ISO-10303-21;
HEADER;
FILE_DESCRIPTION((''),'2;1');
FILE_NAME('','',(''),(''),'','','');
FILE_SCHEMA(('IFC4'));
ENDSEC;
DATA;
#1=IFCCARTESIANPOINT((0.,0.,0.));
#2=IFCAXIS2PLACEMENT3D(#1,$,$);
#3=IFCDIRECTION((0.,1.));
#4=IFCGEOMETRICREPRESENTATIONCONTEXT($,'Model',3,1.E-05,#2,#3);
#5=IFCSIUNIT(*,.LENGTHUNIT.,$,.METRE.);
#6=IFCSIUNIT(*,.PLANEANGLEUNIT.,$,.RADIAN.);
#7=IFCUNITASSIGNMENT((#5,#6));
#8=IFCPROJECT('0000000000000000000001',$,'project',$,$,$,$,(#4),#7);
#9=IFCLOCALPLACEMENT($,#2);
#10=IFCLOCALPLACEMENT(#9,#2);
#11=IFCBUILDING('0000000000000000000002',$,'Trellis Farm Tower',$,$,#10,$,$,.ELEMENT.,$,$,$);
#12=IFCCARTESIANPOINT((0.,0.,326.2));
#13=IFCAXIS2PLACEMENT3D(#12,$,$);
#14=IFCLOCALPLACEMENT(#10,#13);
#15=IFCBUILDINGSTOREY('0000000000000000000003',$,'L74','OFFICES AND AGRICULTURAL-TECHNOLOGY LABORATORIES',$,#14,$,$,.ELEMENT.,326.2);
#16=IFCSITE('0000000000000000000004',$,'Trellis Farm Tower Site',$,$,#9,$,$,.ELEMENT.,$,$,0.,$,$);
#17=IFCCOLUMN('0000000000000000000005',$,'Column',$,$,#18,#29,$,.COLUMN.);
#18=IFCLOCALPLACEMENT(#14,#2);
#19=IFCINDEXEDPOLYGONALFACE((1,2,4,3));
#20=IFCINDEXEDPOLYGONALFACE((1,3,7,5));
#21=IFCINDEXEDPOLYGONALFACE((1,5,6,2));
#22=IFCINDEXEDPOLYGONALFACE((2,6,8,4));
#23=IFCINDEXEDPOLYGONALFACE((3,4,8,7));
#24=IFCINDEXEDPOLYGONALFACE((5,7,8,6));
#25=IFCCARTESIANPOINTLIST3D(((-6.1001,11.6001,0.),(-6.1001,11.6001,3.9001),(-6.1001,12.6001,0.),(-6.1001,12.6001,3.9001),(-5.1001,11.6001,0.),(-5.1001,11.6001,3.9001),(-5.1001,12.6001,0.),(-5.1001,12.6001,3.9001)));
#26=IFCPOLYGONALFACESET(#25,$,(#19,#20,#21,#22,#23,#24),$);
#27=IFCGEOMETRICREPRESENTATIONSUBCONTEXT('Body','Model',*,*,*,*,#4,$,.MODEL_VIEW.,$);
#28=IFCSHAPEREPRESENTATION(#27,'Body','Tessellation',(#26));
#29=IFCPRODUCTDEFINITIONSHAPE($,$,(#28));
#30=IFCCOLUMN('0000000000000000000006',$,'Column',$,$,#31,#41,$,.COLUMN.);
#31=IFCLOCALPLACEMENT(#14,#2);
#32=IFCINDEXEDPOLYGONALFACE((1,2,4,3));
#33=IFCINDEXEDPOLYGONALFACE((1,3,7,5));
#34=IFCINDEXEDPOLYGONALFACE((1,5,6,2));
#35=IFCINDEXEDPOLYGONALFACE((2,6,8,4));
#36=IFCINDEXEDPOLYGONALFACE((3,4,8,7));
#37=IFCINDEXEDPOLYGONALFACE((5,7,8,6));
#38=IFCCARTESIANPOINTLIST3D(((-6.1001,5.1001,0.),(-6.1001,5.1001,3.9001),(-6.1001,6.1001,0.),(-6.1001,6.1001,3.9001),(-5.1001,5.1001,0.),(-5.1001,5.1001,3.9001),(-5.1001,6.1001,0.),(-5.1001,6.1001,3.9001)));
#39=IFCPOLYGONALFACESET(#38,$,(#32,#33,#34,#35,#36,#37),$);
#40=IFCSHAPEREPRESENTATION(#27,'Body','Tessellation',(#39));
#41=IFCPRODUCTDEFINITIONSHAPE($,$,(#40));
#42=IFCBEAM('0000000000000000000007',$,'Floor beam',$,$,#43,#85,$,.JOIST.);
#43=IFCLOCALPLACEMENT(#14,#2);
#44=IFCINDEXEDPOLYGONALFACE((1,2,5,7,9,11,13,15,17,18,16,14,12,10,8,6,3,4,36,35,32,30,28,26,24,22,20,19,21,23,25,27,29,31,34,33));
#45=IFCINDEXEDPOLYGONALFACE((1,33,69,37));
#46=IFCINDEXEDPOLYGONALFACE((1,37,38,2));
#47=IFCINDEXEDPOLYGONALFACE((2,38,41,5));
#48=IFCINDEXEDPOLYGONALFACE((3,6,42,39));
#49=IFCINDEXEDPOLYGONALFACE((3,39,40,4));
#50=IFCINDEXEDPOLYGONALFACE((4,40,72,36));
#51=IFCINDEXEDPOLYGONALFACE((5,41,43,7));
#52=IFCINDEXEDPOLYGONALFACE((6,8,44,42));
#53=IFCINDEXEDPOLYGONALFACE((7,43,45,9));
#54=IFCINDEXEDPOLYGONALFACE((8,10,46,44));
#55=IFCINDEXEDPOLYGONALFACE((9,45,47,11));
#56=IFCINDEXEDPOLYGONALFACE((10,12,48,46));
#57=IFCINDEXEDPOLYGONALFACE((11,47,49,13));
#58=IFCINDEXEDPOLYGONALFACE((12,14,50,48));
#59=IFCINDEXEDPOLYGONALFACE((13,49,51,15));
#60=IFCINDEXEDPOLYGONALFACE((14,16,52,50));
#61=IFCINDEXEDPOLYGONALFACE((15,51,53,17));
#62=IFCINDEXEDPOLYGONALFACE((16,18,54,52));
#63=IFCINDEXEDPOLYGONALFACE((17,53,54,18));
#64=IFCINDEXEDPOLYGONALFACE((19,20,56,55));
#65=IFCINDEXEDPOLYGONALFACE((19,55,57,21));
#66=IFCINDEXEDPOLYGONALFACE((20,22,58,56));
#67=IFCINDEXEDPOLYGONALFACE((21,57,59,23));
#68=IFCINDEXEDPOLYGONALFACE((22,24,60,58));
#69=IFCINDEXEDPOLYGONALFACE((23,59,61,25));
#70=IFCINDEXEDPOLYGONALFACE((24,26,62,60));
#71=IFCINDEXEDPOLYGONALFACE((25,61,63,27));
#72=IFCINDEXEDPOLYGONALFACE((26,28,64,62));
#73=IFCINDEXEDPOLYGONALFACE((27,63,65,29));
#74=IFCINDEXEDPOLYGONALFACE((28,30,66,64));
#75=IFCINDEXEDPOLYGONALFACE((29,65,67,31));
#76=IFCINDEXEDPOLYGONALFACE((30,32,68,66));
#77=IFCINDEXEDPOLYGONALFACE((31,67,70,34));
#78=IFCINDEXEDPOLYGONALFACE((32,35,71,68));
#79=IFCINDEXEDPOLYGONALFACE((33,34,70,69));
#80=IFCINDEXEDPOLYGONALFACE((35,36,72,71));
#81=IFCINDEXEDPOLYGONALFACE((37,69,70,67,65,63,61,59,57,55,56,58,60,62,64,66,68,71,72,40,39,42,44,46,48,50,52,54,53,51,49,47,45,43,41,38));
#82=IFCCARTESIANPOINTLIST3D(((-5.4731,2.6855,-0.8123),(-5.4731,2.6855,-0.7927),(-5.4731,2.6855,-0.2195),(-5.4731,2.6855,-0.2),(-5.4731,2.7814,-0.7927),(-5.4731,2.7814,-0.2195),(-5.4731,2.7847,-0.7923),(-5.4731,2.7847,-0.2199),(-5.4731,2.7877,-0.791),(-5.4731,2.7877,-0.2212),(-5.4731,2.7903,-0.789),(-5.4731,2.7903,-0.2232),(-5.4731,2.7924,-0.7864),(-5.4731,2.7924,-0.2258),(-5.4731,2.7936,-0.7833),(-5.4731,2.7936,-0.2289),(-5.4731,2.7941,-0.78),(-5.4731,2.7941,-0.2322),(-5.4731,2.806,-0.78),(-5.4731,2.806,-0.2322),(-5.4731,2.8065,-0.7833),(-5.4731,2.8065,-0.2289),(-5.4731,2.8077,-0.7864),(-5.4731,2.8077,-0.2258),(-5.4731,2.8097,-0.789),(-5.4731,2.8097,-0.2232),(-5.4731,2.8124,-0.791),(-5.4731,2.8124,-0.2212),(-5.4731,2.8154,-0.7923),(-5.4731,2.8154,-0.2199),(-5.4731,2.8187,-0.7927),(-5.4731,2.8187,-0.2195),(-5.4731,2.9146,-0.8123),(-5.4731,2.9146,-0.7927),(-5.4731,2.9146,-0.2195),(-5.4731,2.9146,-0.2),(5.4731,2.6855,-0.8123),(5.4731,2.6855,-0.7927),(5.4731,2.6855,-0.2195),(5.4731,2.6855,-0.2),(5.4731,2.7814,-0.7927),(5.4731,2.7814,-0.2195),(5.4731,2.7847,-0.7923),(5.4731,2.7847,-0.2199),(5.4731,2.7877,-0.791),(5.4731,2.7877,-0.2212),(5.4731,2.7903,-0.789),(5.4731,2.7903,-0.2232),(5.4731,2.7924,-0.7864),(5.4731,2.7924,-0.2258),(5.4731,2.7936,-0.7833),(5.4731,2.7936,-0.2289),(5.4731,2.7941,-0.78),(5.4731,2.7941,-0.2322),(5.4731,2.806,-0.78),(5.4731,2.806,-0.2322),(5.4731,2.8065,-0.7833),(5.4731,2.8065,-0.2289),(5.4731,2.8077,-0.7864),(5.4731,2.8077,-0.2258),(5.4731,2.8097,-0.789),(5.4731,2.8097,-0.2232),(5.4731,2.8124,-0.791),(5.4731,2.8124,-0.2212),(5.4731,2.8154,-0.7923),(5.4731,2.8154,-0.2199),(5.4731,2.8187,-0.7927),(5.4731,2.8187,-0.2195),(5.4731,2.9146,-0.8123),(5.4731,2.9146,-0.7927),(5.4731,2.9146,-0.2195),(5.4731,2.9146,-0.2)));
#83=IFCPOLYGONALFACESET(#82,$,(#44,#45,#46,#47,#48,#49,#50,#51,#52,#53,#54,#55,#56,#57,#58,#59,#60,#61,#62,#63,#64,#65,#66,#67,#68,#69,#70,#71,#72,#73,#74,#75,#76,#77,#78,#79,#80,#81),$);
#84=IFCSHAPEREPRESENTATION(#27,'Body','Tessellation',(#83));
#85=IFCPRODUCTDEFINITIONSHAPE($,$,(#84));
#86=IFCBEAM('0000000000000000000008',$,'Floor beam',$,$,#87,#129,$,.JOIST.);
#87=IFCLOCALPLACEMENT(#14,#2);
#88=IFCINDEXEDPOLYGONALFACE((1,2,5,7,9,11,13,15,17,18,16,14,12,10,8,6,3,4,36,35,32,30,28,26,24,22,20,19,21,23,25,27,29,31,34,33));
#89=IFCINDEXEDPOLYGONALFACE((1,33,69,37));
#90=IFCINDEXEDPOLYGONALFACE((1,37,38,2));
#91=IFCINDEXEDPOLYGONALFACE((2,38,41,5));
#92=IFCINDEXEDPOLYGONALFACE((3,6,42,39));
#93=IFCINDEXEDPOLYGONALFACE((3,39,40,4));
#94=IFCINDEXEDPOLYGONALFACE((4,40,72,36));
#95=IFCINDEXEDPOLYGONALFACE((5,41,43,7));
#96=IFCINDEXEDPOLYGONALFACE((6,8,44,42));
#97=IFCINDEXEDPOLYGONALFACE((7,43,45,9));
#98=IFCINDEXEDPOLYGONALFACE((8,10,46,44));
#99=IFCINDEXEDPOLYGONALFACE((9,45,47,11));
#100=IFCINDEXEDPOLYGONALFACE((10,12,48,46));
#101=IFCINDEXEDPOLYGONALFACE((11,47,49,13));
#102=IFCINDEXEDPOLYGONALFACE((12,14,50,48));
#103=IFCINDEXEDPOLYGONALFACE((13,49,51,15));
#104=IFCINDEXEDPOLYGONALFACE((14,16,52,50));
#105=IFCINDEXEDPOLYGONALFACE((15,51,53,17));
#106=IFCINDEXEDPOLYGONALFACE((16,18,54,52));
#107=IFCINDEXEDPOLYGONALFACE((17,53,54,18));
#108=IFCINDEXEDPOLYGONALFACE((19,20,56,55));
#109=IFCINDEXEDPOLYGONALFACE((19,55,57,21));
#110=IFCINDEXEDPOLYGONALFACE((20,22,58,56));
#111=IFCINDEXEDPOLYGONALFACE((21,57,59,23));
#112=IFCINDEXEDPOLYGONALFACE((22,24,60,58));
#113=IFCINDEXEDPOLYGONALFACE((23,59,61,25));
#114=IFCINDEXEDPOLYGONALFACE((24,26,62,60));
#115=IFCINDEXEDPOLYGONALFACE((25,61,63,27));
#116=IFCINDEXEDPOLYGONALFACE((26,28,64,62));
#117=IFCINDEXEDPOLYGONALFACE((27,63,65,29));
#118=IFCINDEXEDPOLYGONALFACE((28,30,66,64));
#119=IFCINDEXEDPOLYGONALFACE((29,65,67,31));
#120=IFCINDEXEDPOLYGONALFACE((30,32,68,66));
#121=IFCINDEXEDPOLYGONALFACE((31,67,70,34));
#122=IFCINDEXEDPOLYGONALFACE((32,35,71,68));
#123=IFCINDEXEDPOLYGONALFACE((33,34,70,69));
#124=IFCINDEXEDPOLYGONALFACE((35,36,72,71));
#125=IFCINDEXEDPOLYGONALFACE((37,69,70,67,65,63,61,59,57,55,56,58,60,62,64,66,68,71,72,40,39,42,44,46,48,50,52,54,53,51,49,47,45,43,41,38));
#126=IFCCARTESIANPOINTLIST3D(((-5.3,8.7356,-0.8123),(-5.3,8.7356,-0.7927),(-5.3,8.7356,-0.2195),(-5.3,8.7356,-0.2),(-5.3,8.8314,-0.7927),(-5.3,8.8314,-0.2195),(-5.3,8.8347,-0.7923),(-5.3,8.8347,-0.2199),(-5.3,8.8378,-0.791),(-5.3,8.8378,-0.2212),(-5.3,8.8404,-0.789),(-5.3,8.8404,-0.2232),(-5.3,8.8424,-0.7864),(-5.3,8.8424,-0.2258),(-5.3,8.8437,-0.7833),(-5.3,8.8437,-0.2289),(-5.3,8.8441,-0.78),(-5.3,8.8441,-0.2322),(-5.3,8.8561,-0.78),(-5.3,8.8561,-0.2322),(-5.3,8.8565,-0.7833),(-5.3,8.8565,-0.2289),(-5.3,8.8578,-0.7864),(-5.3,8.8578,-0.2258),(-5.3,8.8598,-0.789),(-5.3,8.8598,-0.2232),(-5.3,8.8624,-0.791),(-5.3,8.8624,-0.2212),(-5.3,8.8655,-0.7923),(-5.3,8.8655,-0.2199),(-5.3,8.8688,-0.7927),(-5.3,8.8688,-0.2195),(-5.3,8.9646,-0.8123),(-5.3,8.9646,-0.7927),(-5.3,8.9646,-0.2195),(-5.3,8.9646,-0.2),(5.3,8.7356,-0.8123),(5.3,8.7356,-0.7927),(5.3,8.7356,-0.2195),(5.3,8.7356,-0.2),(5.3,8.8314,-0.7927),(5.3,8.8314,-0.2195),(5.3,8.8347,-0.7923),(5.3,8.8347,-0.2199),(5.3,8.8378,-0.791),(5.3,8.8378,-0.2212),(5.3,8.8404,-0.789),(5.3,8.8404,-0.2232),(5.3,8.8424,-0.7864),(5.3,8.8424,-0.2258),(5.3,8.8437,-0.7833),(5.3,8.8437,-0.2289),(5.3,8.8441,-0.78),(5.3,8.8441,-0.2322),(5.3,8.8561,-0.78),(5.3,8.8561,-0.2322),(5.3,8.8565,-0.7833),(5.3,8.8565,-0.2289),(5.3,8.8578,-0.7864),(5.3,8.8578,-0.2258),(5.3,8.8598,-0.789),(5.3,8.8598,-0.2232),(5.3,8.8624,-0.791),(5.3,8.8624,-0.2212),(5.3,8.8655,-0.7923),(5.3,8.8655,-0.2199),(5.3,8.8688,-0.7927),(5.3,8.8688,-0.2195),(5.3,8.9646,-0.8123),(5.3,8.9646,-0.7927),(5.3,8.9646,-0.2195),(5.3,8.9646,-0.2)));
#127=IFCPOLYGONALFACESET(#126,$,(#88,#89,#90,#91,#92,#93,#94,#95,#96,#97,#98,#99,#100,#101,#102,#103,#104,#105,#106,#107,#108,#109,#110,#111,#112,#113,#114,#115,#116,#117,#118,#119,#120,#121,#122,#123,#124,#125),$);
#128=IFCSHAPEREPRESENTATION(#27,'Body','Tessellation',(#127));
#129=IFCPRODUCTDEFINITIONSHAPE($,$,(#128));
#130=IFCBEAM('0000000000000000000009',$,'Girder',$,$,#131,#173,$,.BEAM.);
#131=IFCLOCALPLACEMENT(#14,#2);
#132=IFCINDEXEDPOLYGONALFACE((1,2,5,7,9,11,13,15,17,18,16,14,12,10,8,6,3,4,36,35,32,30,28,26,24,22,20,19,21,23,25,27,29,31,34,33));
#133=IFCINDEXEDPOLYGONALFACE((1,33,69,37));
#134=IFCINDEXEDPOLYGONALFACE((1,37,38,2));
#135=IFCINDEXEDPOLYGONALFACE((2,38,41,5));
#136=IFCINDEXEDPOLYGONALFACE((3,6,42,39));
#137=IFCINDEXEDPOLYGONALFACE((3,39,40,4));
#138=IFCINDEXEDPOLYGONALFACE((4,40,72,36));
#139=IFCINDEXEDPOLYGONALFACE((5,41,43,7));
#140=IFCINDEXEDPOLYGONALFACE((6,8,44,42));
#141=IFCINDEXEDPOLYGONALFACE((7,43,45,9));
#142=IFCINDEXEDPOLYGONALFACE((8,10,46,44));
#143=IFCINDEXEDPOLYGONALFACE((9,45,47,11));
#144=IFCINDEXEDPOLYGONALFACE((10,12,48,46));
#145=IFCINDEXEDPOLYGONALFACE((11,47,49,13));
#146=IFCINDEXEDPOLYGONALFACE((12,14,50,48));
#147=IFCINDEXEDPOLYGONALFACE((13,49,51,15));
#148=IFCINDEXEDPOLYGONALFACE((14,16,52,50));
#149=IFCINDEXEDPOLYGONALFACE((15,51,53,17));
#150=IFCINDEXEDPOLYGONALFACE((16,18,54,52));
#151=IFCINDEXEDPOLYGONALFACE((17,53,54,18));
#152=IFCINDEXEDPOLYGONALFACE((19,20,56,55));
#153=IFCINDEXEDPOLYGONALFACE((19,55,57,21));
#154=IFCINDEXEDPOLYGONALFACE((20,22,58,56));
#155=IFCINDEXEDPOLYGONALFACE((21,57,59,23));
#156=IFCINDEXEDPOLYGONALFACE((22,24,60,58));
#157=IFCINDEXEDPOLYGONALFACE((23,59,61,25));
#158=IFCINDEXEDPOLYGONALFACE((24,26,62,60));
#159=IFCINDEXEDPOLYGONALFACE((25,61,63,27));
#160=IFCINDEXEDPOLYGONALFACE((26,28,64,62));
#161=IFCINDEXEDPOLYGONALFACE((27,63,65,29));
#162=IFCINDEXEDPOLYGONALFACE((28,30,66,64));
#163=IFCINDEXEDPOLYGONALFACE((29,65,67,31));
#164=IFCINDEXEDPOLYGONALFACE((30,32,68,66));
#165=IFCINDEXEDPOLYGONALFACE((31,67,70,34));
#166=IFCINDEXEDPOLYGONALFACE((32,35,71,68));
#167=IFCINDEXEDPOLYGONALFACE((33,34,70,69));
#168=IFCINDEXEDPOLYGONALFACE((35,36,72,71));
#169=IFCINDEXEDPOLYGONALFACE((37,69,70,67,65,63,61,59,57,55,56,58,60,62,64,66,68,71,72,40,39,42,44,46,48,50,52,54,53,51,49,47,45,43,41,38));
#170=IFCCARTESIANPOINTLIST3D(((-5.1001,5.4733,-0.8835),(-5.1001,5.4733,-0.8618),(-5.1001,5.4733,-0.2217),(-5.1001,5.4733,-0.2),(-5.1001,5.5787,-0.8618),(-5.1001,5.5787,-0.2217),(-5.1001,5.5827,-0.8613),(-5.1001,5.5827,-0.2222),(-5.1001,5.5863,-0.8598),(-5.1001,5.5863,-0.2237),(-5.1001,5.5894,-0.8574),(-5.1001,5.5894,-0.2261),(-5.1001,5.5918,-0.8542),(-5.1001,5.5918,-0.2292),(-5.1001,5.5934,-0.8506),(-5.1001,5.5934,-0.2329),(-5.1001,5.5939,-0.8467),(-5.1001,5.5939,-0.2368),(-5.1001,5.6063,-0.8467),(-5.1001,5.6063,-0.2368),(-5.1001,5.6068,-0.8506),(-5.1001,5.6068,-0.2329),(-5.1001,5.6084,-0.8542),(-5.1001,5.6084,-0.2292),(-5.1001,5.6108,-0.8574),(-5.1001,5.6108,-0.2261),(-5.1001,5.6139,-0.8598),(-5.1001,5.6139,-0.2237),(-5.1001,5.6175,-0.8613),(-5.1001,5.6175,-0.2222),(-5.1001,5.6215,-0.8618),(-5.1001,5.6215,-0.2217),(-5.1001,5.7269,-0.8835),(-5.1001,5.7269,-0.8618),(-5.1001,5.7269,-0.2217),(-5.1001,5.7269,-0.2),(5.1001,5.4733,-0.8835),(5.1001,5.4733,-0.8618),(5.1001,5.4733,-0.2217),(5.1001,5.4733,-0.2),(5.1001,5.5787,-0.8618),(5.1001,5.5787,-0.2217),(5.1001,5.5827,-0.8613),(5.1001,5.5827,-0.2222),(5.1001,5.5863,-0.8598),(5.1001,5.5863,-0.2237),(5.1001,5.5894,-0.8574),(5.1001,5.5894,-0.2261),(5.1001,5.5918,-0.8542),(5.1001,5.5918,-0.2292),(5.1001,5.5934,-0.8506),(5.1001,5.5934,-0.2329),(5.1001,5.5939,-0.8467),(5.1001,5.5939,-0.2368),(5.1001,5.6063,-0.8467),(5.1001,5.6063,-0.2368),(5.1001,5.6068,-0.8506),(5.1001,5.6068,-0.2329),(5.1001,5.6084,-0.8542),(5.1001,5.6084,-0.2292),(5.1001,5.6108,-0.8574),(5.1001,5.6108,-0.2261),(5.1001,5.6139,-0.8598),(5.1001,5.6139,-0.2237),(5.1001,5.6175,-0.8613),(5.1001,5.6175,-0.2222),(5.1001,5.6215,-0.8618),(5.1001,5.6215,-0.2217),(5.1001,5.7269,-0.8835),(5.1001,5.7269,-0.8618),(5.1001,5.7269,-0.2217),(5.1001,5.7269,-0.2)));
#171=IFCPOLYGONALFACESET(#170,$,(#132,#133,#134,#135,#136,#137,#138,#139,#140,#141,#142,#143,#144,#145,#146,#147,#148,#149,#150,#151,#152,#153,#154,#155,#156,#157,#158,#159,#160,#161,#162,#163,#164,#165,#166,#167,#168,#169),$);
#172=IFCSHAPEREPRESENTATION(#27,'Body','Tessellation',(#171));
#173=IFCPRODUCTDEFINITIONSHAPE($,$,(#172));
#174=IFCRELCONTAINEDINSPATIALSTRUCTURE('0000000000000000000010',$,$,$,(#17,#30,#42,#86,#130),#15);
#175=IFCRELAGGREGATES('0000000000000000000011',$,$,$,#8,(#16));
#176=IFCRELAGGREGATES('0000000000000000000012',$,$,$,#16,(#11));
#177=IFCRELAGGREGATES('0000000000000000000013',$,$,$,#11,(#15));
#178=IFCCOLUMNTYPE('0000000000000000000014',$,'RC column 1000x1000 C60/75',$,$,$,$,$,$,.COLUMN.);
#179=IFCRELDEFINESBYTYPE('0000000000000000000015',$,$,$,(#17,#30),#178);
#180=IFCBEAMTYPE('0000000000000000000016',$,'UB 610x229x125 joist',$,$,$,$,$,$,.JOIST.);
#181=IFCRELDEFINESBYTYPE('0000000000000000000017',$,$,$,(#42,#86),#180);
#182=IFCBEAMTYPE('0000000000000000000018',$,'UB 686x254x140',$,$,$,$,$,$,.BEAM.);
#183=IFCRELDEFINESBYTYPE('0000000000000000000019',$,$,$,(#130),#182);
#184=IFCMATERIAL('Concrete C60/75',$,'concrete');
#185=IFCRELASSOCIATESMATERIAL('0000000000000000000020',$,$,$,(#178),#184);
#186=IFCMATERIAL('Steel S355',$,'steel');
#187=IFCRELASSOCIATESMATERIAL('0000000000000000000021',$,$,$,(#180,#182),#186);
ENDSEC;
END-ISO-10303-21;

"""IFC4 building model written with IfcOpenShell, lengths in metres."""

from ifc_helpers import new_model, si_unit, direction, frame, origin, origin_2d, place, context, subcontext, project, spatial, rectangle, i_section, extrude, source, transform, mapped, material, material_profile, profile_set, type_object, element, save


model = new_model("IFC4")

# Units and contexts
model_context = context("Model", 3, precision=1e-05, world=origin(), true_north=direction((0.0, 1.0)))
body_context = subcontext(model_context, "Body", "Model", "MODEL_VIEW")
ifc_project = project(units=[si_unit("LENGTHUNIT", "METRE"), si_unit("PLANEANGLEUNIT", "RADIAN")], contexts=[model_context])

# Site, building, storey
site_placement = place(None, origin())
site = spatial("IfcSite", under=ifc_project, at=site_placement, Name="Trellis Farm Tower Site", CompositionType="ELEMENT", RefElevation=0.0)
building_placement = place(site_placement, origin())
building = spatial("IfcBuilding", under=site, at=building_placement, Name="Trellis Farm Tower", CompositionType="ELEMENT")
storey_placement = place(building_placement, frame((0.0, 0.0, 326.2)))
storey = spatial("IfcBuildingStorey", under=building, at=storey_placement, Name="L74", Description="OFFICES AND AGRICULTURAL-TECHNOLOGY LABORATORIES", CompositionType="ELEMENT", Elevation=326.2)

# Columns
ifc_material_1 = material(Name="Concrete C60/75", Category="concrete")
ifc_material_profile_1 = material_profile(ifc_material_1, rectangle(XDim=1.0, YDim=1.0, at=origin_2d()), Name="RC column 1000x1000 C60/75")
ifc_profile_set_1 = profile_set([ifc_material_profile_1], Name="Concrete C60/75")
column_type = type_object("IfcColumnType", Name="RC column 1000x1000 C60/75", PredefinedType="COLUMN", material=ifc_profile_set_1)
shared_shape_1 = source(origin(), body_context, "Body", "SweptSolid", [
    extrude(rectangle(XDim=1.0, YDim=1.0, at=origin_2d()), origin(), (0.0, 0.0, 1.0), 3.9001),
])
for number, where, z_axis, x_axis, name in (
    (1, (-5.6001, 12.1001, 0.0), (0.0, 0.0, 1.0), (1.0, 0.0, 0.0), "Column"),
    (2, (-5.6001, 5.6001, 0.0), (0.0, 0.0, 1.0), (1.0, 0.0, 0.0), "Column"),
):
    element("IfcColumn", number, at=place(storey_placement, frame(where, z_axis=z_axis, x_axis=x_axis)), inside=storey, type_object=column_type, Name=name, PredefinedType="COLUMN", context=body_context, shape_type="MappedRepresentation", body=[
        mapped(shared_shape_1, transform((0.0, 0.0, 0.0))),
    ])

# Beams
ifc_material_2 = material(Name="Steel S355", Category="steel")
ifc_material_profile_2 = material_profile(ifc_material_2, i_section(OverallWidth=0.229, OverallDepth=0.6123, WebThickness=0.012, FlangeThickness=0.0195, FilletRadius=0.0127, at=origin_2d()), Name="UB 610x229x125")
ifc_profile_set_2 = profile_set([ifc_material_profile_2], Name="Steel S355")
beam_type_1 = type_object("IfcBeamType", Name="UB 610x229x125 joist", PredefinedType="JOIST", material=ifc_profile_set_2)
shared_shape_2 = source(origin(), body_context, "Body", "SweptSolid", [
    extrude(i_section(OverallWidth=0.229, OverallDepth=0.6123, WebThickness=0.012, FlangeThickness=0.0195, FilletRadius=0.0127, at=origin_2d()), origin(), (0.0, 0.0, 1.0), 10.9463),
])
beam_1_placement = place(storey_placement, frame((-5.4731, 2.8, -0.5061), z_axis=(1.0, 0.0, 0.0), x_axis=(0.0, 1.0, 0.0)))
element("IfcBeam", 3, at=beam_1_placement, inside=storey, type_object=beam_type_1, Name="Floor beam", PredefinedType="JOIST", context=body_context, shape_type="MappedRepresentation", body=[
    mapped(shared_shape_2, transform((0.0, 0.0, 0.0))),
])
shared_shape_3 = source(origin(), body_context, "Body", "SweptSolid", [
    extrude(i_section(OverallWidth=0.229, OverallDepth=0.6123, WebThickness=0.012, FlangeThickness=0.0195, FilletRadius=0.0127, at=origin_2d()), origin(), (0.0, 0.0, 1.0), 10.6001),
])
beam_2_placement = place(storey_placement, frame((-5.3, 8.8501, -0.5061), z_axis=(1.0, 0.0, 0.0), x_axis=(0.0, 1.0, 0.0)))
element("IfcBeam", 4, at=beam_2_placement, inside=storey, type_object=beam_type_1, Name="Floor beam", PredefinedType="JOIST", context=body_context, shape_type="MappedRepresentation", body=[
    mapped(shared_shape_3, transform((0.0, 0.0, 0.0))),
])
ifc_material_profile_3 = material_profile(ifc_material_2, i_section(OverallWidth=0.2537, OverallDepth=0.6836, WebThickness=0.0125, FlangeThickness=0.0217, FilletRadius=0.0151, at=origin_2d()), Name="UB 686x254x140")
ifc_profile_set_3 = profile_set([ifc_material_profile_3], Name="Steel S355")
beam_type_2 = type_object("IfcBeamType", Name="UB 686x254x140", PredefinedType="BEAM", material=ifc_profile_set_3)
shared_shape_4 = source(origin(), body_context, "Body", "SweptSolid", [
    extrude(i_section(OverallWidth=0.2537, OverallDepth=0.6836, WebThickness=0.0125, FlangeThickness=0.0217, FilletRadius=0.0151, at=origin_2d()), origin(), (0.0, 0.0, 1.0), 10.2002),
])
for number, where, z_axis, x_axis, name in (
    (5, (-5.1001, 5.6001, -0.5417), (1.0, 0.0, 0.0), (0.0, 1.0, 0.0), "Girder"),
):
    element("IfcBeam", number, at=place(storey_placement, frame(where, z_axis=z_axis, x_axis=x_axis)), inside=storey, type_object=beam_type_2, Name=name, PredefinedType="BEAM", context=body_context, shape_type="MappedRepresentation", body=[
        mapped(shared_shape_4, transform((0.0, 0.0, 0.0))),
    ])

save(model, "model.ifc")
